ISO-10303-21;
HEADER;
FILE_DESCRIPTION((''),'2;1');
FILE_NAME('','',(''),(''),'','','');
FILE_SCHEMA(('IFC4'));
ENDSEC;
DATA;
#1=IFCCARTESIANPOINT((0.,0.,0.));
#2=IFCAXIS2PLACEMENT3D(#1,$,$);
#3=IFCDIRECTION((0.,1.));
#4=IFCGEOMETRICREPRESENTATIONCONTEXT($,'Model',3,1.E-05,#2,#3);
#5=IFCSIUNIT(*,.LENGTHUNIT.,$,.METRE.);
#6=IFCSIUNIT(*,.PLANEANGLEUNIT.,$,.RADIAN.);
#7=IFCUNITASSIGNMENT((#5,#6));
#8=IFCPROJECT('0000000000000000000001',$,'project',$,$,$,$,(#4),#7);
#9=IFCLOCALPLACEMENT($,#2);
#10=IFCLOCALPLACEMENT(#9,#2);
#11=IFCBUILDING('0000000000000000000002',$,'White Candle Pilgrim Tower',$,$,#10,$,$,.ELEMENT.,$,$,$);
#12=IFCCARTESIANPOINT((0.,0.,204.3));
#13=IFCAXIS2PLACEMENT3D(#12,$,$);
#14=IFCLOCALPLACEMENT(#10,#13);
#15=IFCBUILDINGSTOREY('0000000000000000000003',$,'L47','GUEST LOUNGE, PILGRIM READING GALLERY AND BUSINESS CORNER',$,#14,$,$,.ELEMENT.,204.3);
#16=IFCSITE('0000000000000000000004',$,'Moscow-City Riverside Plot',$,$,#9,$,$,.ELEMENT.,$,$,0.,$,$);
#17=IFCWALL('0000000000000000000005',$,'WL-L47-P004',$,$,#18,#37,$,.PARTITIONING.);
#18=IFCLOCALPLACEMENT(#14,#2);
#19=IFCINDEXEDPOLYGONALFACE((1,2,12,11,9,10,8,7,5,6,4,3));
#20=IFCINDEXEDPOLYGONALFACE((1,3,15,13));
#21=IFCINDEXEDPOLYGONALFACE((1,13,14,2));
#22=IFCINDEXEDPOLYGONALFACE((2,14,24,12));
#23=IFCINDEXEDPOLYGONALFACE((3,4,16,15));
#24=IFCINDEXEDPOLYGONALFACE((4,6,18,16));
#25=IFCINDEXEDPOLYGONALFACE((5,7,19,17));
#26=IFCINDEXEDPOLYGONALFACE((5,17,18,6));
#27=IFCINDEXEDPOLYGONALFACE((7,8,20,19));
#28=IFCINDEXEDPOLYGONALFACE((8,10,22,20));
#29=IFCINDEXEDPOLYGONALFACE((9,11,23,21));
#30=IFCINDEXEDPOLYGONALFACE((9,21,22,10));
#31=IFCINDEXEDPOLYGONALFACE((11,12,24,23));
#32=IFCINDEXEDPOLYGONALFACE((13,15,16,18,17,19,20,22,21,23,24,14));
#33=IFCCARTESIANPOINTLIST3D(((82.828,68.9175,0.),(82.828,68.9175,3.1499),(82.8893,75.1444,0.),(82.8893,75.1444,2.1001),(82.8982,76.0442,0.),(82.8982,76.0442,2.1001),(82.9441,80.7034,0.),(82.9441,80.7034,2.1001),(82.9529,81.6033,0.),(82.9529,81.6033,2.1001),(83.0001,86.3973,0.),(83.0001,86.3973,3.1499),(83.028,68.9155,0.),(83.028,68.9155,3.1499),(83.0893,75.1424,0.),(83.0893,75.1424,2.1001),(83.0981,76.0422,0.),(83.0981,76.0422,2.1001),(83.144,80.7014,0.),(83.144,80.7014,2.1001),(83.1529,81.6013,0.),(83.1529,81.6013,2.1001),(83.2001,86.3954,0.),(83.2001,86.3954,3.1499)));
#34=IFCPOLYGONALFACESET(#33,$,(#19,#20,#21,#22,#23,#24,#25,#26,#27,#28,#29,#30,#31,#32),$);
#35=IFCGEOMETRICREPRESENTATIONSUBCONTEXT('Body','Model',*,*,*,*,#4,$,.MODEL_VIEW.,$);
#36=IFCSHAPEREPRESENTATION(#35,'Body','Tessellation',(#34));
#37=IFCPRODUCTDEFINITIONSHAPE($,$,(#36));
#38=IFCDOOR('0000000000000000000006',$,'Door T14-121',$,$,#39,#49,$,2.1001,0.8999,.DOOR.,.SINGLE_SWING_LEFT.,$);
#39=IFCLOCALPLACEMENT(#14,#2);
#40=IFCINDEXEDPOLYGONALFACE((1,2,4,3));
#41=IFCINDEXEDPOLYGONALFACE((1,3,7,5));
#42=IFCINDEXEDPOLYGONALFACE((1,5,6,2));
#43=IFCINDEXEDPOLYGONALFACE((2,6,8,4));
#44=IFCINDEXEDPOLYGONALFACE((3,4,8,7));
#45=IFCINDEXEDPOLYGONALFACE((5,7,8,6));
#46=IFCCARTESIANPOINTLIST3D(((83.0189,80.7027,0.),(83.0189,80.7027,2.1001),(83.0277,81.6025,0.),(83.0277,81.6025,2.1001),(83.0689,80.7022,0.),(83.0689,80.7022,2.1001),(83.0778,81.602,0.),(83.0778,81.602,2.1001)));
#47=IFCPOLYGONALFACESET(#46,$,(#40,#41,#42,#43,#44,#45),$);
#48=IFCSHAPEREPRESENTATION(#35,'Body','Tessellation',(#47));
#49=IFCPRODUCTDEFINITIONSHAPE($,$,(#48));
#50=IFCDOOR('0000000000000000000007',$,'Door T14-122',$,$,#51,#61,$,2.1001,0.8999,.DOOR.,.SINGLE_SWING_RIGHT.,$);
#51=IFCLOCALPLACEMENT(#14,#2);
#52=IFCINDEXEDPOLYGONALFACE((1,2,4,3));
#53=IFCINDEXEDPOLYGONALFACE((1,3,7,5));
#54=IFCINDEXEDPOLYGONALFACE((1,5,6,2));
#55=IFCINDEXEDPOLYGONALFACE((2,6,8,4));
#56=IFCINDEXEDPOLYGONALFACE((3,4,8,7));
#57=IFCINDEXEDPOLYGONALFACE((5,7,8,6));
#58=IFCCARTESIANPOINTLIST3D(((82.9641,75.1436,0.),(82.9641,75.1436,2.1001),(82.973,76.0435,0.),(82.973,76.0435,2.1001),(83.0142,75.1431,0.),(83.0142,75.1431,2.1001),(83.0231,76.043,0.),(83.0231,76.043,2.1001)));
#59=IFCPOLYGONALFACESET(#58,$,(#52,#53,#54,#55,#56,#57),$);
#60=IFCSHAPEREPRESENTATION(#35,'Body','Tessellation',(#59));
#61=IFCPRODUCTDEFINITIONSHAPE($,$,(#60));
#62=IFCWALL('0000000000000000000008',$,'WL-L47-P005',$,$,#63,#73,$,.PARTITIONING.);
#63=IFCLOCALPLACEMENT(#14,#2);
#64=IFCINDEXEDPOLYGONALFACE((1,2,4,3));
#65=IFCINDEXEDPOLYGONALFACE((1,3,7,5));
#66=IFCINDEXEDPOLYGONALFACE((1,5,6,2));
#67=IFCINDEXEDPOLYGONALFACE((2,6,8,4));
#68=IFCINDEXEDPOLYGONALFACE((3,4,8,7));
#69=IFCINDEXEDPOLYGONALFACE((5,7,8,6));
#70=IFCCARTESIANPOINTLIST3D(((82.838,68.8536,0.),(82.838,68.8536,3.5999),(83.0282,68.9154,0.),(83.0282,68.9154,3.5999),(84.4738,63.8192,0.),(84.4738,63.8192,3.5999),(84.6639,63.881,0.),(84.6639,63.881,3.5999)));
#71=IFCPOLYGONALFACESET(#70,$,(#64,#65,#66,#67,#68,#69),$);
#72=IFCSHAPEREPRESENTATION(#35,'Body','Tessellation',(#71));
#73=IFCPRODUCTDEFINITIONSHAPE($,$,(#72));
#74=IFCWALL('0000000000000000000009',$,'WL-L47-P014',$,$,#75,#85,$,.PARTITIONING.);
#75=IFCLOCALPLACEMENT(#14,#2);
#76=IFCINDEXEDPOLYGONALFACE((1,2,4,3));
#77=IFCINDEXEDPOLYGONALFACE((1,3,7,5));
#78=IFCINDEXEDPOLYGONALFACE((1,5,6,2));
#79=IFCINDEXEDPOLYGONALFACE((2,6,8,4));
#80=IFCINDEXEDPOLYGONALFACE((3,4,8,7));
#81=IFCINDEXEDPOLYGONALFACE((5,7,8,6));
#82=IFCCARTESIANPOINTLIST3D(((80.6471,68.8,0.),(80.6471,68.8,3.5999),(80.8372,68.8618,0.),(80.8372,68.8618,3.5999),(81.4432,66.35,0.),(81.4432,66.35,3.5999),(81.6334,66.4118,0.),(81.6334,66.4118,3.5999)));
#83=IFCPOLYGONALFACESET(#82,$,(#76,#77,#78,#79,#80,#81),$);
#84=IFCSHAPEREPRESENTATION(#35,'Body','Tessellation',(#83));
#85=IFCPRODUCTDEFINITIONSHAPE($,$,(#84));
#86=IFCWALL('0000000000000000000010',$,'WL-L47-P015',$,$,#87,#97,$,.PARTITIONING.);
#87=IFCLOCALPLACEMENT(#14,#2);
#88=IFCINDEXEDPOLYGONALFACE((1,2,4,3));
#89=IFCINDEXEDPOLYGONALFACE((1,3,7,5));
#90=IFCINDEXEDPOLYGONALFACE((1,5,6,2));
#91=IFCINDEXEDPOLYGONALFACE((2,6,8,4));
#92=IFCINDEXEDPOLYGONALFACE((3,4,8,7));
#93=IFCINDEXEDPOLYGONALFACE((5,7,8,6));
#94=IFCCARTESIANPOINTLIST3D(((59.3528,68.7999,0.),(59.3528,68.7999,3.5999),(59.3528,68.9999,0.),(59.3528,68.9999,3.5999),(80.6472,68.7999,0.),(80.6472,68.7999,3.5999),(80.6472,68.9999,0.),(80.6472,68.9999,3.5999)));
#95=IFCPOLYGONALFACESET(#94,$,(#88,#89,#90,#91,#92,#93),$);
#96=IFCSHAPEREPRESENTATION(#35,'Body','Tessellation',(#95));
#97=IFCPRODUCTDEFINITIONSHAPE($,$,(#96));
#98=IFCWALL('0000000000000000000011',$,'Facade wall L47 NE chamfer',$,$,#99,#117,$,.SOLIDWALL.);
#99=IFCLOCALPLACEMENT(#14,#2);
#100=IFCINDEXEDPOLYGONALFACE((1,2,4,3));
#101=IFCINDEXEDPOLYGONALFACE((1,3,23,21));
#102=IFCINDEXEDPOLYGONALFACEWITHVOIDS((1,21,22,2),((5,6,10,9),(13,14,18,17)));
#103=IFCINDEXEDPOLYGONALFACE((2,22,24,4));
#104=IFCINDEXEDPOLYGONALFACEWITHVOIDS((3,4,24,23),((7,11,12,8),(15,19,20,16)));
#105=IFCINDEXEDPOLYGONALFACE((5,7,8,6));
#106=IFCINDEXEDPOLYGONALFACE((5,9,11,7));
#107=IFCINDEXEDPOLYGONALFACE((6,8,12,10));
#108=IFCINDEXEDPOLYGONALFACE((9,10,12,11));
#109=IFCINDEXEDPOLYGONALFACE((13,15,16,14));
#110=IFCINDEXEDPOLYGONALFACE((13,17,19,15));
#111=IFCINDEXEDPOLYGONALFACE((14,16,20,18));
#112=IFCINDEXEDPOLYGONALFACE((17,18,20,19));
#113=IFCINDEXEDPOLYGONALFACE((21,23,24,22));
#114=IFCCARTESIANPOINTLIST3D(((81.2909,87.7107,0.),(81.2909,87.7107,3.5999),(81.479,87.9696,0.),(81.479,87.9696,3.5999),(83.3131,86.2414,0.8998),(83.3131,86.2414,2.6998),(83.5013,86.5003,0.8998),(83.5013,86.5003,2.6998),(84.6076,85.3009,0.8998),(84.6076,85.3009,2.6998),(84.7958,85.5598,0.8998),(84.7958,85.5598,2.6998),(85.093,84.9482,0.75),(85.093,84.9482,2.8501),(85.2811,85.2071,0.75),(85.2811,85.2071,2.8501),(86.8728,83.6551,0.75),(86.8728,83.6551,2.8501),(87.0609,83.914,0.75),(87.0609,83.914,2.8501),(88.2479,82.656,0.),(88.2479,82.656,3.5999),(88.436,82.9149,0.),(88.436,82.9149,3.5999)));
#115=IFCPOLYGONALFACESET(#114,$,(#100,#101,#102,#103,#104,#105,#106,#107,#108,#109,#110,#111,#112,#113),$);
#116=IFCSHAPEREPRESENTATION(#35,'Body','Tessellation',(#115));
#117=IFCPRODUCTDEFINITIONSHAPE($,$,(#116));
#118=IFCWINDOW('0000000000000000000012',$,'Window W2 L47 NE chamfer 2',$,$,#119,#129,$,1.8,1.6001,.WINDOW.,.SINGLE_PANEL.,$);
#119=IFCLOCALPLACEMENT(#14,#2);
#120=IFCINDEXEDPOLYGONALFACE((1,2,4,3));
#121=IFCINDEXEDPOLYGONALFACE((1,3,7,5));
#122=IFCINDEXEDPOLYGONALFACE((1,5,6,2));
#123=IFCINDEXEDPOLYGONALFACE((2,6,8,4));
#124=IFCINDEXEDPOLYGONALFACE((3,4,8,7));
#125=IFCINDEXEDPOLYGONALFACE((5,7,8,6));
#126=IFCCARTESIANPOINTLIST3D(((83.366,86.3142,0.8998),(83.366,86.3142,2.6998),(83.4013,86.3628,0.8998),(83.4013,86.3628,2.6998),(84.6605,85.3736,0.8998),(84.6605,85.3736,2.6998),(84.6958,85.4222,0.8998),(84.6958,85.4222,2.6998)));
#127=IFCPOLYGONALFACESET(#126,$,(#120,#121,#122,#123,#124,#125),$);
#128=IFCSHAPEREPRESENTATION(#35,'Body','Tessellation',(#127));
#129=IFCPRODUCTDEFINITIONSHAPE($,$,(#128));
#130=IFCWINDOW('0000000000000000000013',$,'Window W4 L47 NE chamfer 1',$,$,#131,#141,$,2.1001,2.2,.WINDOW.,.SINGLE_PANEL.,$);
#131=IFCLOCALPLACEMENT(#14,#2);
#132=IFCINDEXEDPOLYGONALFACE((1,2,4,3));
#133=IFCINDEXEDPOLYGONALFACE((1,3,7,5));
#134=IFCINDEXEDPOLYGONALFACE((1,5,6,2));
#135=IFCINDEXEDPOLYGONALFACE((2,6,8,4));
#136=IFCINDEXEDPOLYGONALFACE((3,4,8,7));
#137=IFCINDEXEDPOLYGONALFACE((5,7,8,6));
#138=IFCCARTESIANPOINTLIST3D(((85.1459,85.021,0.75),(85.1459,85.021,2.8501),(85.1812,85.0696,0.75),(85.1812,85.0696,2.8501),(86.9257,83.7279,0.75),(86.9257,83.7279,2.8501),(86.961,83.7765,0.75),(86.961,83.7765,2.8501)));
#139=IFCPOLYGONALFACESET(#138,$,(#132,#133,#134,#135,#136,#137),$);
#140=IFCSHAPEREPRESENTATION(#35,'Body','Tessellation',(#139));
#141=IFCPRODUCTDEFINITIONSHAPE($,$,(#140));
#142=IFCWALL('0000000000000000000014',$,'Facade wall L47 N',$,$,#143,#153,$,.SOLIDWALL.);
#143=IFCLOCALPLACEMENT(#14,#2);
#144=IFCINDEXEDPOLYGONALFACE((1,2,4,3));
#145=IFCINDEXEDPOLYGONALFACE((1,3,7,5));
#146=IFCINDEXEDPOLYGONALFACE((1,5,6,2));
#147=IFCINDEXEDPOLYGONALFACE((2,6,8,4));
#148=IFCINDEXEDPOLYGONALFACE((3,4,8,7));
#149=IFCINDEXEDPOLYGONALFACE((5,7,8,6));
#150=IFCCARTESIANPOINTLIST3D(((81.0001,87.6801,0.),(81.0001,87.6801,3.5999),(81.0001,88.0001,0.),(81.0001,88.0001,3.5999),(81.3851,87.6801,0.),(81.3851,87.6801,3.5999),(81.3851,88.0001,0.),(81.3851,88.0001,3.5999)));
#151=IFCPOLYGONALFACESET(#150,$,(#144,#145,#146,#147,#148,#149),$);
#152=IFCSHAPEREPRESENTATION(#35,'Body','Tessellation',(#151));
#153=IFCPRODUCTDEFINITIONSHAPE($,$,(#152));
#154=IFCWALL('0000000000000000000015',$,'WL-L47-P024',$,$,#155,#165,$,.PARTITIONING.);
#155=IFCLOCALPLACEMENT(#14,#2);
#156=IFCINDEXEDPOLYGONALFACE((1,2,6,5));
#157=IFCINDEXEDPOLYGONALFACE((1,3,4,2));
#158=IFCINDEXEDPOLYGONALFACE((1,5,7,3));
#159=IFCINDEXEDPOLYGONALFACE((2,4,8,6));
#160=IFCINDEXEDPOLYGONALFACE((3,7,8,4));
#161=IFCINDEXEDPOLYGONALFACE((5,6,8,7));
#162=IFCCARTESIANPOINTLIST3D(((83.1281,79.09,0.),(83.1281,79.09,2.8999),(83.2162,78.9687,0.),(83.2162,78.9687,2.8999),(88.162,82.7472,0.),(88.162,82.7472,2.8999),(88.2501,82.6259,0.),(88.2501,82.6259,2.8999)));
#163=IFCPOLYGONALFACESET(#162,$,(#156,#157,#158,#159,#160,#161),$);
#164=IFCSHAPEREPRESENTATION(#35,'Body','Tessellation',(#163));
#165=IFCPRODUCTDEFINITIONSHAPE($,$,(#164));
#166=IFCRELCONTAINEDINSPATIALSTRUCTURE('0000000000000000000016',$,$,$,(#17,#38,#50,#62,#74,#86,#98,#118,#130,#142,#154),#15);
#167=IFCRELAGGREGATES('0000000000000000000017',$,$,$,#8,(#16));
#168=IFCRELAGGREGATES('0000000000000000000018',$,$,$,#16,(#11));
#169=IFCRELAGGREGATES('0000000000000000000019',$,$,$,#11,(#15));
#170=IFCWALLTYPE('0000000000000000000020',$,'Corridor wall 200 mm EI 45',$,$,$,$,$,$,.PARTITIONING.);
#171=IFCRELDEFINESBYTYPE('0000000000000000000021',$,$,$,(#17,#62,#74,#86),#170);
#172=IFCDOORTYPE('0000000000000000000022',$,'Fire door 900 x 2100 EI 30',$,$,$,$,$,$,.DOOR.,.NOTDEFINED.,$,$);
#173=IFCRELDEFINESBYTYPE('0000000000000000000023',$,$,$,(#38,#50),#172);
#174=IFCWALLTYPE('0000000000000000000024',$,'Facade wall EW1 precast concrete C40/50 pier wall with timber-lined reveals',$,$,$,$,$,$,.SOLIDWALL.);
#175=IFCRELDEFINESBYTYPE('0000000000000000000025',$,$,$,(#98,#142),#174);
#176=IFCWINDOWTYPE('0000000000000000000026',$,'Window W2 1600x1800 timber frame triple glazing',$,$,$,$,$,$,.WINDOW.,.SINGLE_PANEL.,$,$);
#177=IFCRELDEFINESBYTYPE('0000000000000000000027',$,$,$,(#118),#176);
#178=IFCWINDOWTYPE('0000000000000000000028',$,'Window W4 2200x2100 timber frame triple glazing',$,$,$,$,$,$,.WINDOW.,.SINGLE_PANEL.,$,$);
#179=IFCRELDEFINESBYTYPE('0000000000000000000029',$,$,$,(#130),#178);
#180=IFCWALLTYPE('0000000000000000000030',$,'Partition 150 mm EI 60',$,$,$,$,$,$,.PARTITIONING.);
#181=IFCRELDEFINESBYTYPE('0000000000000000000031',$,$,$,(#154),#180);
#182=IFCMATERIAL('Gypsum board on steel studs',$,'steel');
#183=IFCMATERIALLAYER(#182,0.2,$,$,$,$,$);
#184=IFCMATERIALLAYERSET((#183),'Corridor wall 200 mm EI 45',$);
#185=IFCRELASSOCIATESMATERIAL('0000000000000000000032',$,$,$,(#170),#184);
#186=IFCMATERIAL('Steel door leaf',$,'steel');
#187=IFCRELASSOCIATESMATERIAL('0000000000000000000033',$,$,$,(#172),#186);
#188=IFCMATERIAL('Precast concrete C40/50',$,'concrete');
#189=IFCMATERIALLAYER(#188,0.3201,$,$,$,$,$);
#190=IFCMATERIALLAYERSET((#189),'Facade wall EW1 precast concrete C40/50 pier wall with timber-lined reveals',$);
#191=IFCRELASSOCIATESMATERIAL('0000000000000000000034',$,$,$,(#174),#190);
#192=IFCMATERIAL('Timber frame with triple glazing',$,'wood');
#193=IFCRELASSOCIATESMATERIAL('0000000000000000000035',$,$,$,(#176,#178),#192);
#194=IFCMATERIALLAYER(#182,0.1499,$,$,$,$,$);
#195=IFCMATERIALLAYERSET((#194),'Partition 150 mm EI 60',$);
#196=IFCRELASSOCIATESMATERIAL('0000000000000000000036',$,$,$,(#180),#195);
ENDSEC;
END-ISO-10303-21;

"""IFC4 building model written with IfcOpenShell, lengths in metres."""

from ifc_helpers import new_model, si_unit, direction, frame, frame_2d, origin, place, context, subcontext, project, spatial, rectangle, extrude, material, layer, layer_set, type_object, element, fill, save


model = new_model("IFC4")

# Units and contexts
model_context = context("Model", 3, precision=1e-05, world=origin(), true_north=direction((0.0, 1.0)))
body_context = subcontext(model_context, "Body", "Model", "MODEL_VIEW")
ifc_project = project(units=[si_unit("LENGTHUNIT", "METRE"), si_unit("PLANEANGLEUNIT", "RADIAN")], contexts=[model_context])

# Site, building, storey
site_placement = place(None, origin())
site = spatial("IfcSite", under=ifc_project, at=site_placement, Name="Moscow-City Riverside Plot", CompositionType="ELEMENT", RefElevation=0.0)
building_placement = place(site_placement, origin())
building = spatial("IfcBuilding", under=site, at=building_placement, Name="White Candle Pilgrim Tower", CompositionType="ELEMENT")
storey_placement = place(building_placement, frame((0.0, 0.0, 204.3)))
storey = spatial("IfcBuildingStorey", under=building, at=storey_placement, Name="L47", Description="GUEST LOUNGE, PILGRIM READING GALLERY AND BUSINESS CORNER", CompositionType="ELEMENT", Elevation=204.3)

# Shared definitions
ifc_material_1 = material(Name="Steel door leaf", Category="steel")

# Wall, openings, doors
ifc_material_2 = material(Name="Gypsum board on steel studs", Category="steel")
ifc_layer_1 = layer(ifc_material_2, 0.2)
ifc_layer_set_1 = layer_set([ifc_layer_1], Name="Corridor wall 200 mm EI 45")
wall_type_1 = type_object("IfcWallType", Name="Corridor wall 200 mm EI 45", PredefinedType="PARTITIONING", material=ifc_layer_set_1)
wall_1_placement = place(storey_placement, frame((83.1001, 86.3962, 0.0), z_axis=(0.0, 0.0, 1.0), x_axis=(-0.009846, -0.999952, 0.0)))
wall_1 = element("IfcWall", 1, at=wall_1_placement, inside=storey, type_object=wall_type_1, Name="WL-L47-P004", PredefinedType="PARTITIONING", context=body_context, shape_type="SweptSolid", body=[
    extrude(rectangle(XDim=17.4807, YDim=0.2, at=frame_2d((8.7402, 0.0))), origin(), (0.0, 0.0, 1.0), 3.1499),
])
opening_1_placement = place(wall_1_placement, frame((4.7942, 0.0, 0.0)))
opening_1 = element("IfcOpeningElement", 2, at=opening_1_placement, cuts=wall_1, PredefinedType="OPENING", context=body_context, shape_type="SweptSolid", body=[
    extrude(rectangle(XDim=0.8999, YDim=2.1001, at=frame_2d((0.45, 1.05))), frame((0.0, 0.1099, 0.0), z_axis=(0.0, -1.0, 0.0), x_axis=(1.0, 0.0, 0.0)), (0.0, 0.0, 1.0), 0.22),
])
opening_2_placement = place(wall_1_placement, frame((10.3535, 0.0, 0.0)))
opening_2 = element("IfcOpeningElement", 3, at=opening_2_placement, cuts=wall_1, PredefinedType="OPENING", context=body_context, shape_type="SweptSolid", body=[
    extrude(rectangle(XDim=0.8999, YDim=2.1001, at=frame_2d((0.45, 1.05))), frame((0.0, 0.1099, 0.0), z_axis=(0.0, -1.0, 0.0), x_axis=(1.0, 0.0, 0.0)), (0.0, 0.0, 1.0), 0.22),
])
door_type_1 = type_object("IfcDoorType", Name="Fire door 900 x 2100 EI 30", OperationType="NOTDEFINED", PredefinedType="DOOR", material=ifc_material_1)
door_1_placement = place(opening_1_placement, origin())
door_1 = element("IfcDoor", 4, at=door_1_placement, inside=storey, type_object=door_type_1, Name="Door T14-121", OperationType="SINGLE_SWING_LEFT", OverallHeight=2.1001, OverallWidth=0.8999, PredefinedType="DOOR", context=body_context, shape_type="SweptSolid", body=[
    extrude(rectangle(XDim=0.8999, YDim=2.1001, at=frame_2d((0.45, 1.05))), frame((0.0, 0.0249, 0.0), z_axis=(0.0, -1.0, 0.0), x_axis=(1.0, 0.0, 0.0)), (0.0, 0.0, 1.0), 0.05),
])
fill(opening_1, door_1)
door_2_placement = place(opening_2_placement, origin())
door_2 = element("IfcDoor", 5, at=door_2_placement, inside=storey, type_object=door_type_1, Name="Door T14-122", OperationType="SINGLE_SWING_RIGHT", OverallHeight=2.1001, OverallWidth=0.8999, PredefinedType="DOOR", context=body_context, shape_type="SweptSolid", body=[
    extrude(rectangle(XDim=0.8999, YDim=2.1001, at=frame_2d((0.45, 1.05))), frame((0.0, 0.0249, 0.0), z_axis=(0.0, -1.0, 0.0), x_axis=(1.0, 0.0, 0.0)), (0.0, 0.0, 1.0), 0.05),
])
fill(opening_2, door_2)

# Walls
wall_2_placement = place(storey_placement, frame((82.9331, 68.8845, 0.0), z_axis=(0.0, 0.0, 1.0), x_axis=(0.30901, -0.951059, 0.0)))
element("IfcWall", 6, at=wall_2_placement, inside=storey, type_object=wall_type_1, Name="WL-L47-P005", PredefinedType="PARTITIONING", context=body_context, shape_type="SweptSolid", body=[
    extrude(rectangle(XDim=5.2935, YDim=0.2, at=frame_2d((2.6467, 0.0))), origin(), (0.0, 0.0, 1.0), 3.5999),
])
wall_3_placement = place(storey_placement, frame((81.5383, 66.3809, 0.0), z_axis=(0.0, 0.0, 1.0), x_axis=(-0.309054, 0.951045, 0.0)))
element("IfcWall", 7, at=wall_3_placement, inside=storey, type_object=wall_type_1, Name="WL-L47-P014", PredefinedType="PARTITIONING", context=body_context, shape_type="SweptSolid", body=[
    extrude(rectangle(XDim=2.5762, YDim=0.2, at=frame_2d((1.2881, 0.0))), origin(), (0.0, 0.0, 1.0), 3.5999),
])
wall_4_placement = place(storey_placement, frame((80.6472, 68.8999, 0.0), z_axis=(0.0, 0.0, 1.0), x_axis=(-1.0, 0.0, 0.0)))
element("IfcWall", 8, at=wall_4_placement, inside=storey, type_object=wall_type_1, Name="WL-L47-P015", PredefinedType="PARTITIONING", context=body_context, shape_type="SweptSolid", body=[
    extrude(rectangle(XDim=21.2944, YDim=0.2, at=frame_2d((10.6472, 0.0))), origin(), (0.0, 0.0, 1.0), 3.5999),
])

# Wall, openings, windows
ifc_material_3 = material(Name="Precast concrete C40/50", Category="concrete")
ifc_layer_2 = layer(ifc_material_3, 0.3201)
ifc_layer_set_2 = layer_set([ifc_layer_2], Name="Facade wall EW1 precast concrete C40/50 pier wall with timber-lined reveals")
wall_type_2 = type_object("IfcWallType", Name="Facade wall EW1 precast concrete C40/50 pier wall with timber-lined reveals", PredefinedType="SOLIDWALL", material=ifc_layer_set_2)
wall_5_placement = place(storey_placement, frame((88.342, 82.7854, 0.0), z_axis=(0.0, 0.0, 1.0), x_axis=(-0.809011, 0.587794, 0.0)))
wall_5 = element("IfcWall", 9, at=wall_5_placement, inside=storey, type_object=wall_type_2, Name="Facade wall L47 NE chamfer", PredefinedType="SOLIDWALL", context=body_context, shape_type="SweptSolid", body=[
    extrude(rectangle(XDim=8.5994, YDim=0.3201, at=frame_2d((4.2998, 0.0))), origin(), (0.0, 0.0, 1.0), 3.5999),
])
opening_3_placement = place(wall_5_placement, frame((1.6997, 0.0, 0.75)))
opening_3 = element("IfcOpeningElement", 10, at=opening_3_placement, cuts=wall_5, PredefinedType="OPENING", context=body_context, shape_type="SweptSolid", body=[
    extrude(rectangle(XDim=2.2, YDim=2.1001, at=frame_2d((1.1001, 1.05))), frame((0.0, 0.1699, 0.0), z_axis=(0.0, -1.0, 0.0), x_axis=(1.0, 0.0, 0.0)), (0.0, 0.0, 1.0), 0.3401),
])
opening_4_placement = place(wall_5_placement, frame((4.4998, 0.0, 0.8999)))
opening_4 = element("IfcOpeningElement", 11, at=opening_4_placement, cuts=wall_5, PredefinedType="OPENING", context=body_context, shape_type="SweptSolid", body=[
    extrude(rectangle(XDim=1.6001, YDim=1.8, at=frame_2d((0.8, 0.8999))), frame((0.0, 0.1699, 0.0), z_axis=(0.0, -1.0, 0.0), x_axis=(1.0, 0.0, 0.0)), (0.0, 0.0, 1.0), 0.3401),
])
ifc_material_4 = material(Name="Timber frame with triple glazing", Category="wood")
window_type_1 = type_object("IfcWindowType", Name="Window W2 1600x1800 timber frame triple glazing", PartitioningType="SINGLE_PANEL", PredefinedType="WINDOW", material=ifc_material_4)
window_1_placement = place(opening_4_placement, origin())
window_1 = element("IfcWindow", 12, at=window_1_placement, inside=storey, type_object=window_type_1, Name="Window W2 L47 NE chamfer 2", OverallHeight=1.8, OverallWidth=1.6001, PartitioningType="SINGLE_PANEL", PredefinedType="WINDOW", context=body_context, shape_type="SweptSolid", body=[
    extrude(rectangle(XDim=1.6001, YDim=1.8, at=frame_2d((0.8, 0.8999))), frame((0.0, 0.0701, 0.0), z_axis=(0.0, -1.0, 0.0), x_axis=(1.0, 0.0, 0.0)), (0.0, 0.0, 1.0), 0.0601),
])
fill(opening_4, window_1)
window_type_2 = type_object("IfcWindowType", Name="Window W4 2200x2100 timber frame triple glazing", PartitioningType="SINGLE_PANEL", PredefinedType="WINDOW", material=ifc_material_4)
window_2_placement = place(opening_3_placement, origin())
window_2 = element("IfcWindow", 13, at=window_2_placement, inside=storey, type_object=window_type_2, Name="Window W4 L47 NE chamfer 1", OverallHeight=2.1001, OverallWidth=2.2, PartitioningType="SINGLE_PANEL", PredefinedType="WINDOW", context=body_context, shape_type="SweptSolid", body=[
    extrude(rectangle(XDim=2.2, YDim=2.1001, at=frame_2d((1.1001, 1.05))), frame((0.0, 0.0701, 0.0), z_axis=(0.0, -1.0, 0.0), x_axis=(1.0, 0.0, 0.0)), (0.0, 0.0, 1.0), 0.0601),
])
fill(opening_3, window_2)

# Walls
wall_6_placement = place(storey_placement, frame((81.385, 87.8401, 0.0), z_axis=(0.0, 0.0, 1.0), x_axis=(-1.0, 0.0, 0.0)))
element("IfcWall", 14, at=wall_6_placement, inside=storey, type_object=wall_type_2, Name="Facade wall L47 N", PredefinedType="SOLIDWALL", context=body_context, shape_type="SweptSolid", body=[
    extrude(rectangle(XDim=0.385, YDim=0.3201, at=frame_2d((0.1924, 0.0))), origin(), (0.0, 0.0, 1.0), 3.5999),
])
ifc_layer_3 = layer(ifc_material_2, 0.1499)
ifc_layer_set_3 = layer_set([ifc_layer_3], Name="Partition 150 mm EI 60")
wall_type_3 = type_object("IfcWallType", Name="Partition 150 mm EI 60", PredefinedType="PARTITIONING", material=ifc_layer_set_3)
wall_7_placement = place(storey_placement, frame((88.2061, 82.6865, 0.0), z_axis=(0.0, 0.0, 1.0), x_axis=(-0.809028, -0.58777, 0.0)))
element("IfcWall", 15, at=wall_7_placement, inside=storey, type_object=wall_type_3, Name="WL-L47-P024", PredefinedType="PARTITIONING", context=body_context, shape_type="SweptSolid", body=[
    extrude(rectangle(XDim=6.2222, YDim=0.1499, at=frame_2d((3.1111, 0.0))), origin(), (0.0, 0.0, 1.0), 2.8999),
])

save(model, "model.ifc")
